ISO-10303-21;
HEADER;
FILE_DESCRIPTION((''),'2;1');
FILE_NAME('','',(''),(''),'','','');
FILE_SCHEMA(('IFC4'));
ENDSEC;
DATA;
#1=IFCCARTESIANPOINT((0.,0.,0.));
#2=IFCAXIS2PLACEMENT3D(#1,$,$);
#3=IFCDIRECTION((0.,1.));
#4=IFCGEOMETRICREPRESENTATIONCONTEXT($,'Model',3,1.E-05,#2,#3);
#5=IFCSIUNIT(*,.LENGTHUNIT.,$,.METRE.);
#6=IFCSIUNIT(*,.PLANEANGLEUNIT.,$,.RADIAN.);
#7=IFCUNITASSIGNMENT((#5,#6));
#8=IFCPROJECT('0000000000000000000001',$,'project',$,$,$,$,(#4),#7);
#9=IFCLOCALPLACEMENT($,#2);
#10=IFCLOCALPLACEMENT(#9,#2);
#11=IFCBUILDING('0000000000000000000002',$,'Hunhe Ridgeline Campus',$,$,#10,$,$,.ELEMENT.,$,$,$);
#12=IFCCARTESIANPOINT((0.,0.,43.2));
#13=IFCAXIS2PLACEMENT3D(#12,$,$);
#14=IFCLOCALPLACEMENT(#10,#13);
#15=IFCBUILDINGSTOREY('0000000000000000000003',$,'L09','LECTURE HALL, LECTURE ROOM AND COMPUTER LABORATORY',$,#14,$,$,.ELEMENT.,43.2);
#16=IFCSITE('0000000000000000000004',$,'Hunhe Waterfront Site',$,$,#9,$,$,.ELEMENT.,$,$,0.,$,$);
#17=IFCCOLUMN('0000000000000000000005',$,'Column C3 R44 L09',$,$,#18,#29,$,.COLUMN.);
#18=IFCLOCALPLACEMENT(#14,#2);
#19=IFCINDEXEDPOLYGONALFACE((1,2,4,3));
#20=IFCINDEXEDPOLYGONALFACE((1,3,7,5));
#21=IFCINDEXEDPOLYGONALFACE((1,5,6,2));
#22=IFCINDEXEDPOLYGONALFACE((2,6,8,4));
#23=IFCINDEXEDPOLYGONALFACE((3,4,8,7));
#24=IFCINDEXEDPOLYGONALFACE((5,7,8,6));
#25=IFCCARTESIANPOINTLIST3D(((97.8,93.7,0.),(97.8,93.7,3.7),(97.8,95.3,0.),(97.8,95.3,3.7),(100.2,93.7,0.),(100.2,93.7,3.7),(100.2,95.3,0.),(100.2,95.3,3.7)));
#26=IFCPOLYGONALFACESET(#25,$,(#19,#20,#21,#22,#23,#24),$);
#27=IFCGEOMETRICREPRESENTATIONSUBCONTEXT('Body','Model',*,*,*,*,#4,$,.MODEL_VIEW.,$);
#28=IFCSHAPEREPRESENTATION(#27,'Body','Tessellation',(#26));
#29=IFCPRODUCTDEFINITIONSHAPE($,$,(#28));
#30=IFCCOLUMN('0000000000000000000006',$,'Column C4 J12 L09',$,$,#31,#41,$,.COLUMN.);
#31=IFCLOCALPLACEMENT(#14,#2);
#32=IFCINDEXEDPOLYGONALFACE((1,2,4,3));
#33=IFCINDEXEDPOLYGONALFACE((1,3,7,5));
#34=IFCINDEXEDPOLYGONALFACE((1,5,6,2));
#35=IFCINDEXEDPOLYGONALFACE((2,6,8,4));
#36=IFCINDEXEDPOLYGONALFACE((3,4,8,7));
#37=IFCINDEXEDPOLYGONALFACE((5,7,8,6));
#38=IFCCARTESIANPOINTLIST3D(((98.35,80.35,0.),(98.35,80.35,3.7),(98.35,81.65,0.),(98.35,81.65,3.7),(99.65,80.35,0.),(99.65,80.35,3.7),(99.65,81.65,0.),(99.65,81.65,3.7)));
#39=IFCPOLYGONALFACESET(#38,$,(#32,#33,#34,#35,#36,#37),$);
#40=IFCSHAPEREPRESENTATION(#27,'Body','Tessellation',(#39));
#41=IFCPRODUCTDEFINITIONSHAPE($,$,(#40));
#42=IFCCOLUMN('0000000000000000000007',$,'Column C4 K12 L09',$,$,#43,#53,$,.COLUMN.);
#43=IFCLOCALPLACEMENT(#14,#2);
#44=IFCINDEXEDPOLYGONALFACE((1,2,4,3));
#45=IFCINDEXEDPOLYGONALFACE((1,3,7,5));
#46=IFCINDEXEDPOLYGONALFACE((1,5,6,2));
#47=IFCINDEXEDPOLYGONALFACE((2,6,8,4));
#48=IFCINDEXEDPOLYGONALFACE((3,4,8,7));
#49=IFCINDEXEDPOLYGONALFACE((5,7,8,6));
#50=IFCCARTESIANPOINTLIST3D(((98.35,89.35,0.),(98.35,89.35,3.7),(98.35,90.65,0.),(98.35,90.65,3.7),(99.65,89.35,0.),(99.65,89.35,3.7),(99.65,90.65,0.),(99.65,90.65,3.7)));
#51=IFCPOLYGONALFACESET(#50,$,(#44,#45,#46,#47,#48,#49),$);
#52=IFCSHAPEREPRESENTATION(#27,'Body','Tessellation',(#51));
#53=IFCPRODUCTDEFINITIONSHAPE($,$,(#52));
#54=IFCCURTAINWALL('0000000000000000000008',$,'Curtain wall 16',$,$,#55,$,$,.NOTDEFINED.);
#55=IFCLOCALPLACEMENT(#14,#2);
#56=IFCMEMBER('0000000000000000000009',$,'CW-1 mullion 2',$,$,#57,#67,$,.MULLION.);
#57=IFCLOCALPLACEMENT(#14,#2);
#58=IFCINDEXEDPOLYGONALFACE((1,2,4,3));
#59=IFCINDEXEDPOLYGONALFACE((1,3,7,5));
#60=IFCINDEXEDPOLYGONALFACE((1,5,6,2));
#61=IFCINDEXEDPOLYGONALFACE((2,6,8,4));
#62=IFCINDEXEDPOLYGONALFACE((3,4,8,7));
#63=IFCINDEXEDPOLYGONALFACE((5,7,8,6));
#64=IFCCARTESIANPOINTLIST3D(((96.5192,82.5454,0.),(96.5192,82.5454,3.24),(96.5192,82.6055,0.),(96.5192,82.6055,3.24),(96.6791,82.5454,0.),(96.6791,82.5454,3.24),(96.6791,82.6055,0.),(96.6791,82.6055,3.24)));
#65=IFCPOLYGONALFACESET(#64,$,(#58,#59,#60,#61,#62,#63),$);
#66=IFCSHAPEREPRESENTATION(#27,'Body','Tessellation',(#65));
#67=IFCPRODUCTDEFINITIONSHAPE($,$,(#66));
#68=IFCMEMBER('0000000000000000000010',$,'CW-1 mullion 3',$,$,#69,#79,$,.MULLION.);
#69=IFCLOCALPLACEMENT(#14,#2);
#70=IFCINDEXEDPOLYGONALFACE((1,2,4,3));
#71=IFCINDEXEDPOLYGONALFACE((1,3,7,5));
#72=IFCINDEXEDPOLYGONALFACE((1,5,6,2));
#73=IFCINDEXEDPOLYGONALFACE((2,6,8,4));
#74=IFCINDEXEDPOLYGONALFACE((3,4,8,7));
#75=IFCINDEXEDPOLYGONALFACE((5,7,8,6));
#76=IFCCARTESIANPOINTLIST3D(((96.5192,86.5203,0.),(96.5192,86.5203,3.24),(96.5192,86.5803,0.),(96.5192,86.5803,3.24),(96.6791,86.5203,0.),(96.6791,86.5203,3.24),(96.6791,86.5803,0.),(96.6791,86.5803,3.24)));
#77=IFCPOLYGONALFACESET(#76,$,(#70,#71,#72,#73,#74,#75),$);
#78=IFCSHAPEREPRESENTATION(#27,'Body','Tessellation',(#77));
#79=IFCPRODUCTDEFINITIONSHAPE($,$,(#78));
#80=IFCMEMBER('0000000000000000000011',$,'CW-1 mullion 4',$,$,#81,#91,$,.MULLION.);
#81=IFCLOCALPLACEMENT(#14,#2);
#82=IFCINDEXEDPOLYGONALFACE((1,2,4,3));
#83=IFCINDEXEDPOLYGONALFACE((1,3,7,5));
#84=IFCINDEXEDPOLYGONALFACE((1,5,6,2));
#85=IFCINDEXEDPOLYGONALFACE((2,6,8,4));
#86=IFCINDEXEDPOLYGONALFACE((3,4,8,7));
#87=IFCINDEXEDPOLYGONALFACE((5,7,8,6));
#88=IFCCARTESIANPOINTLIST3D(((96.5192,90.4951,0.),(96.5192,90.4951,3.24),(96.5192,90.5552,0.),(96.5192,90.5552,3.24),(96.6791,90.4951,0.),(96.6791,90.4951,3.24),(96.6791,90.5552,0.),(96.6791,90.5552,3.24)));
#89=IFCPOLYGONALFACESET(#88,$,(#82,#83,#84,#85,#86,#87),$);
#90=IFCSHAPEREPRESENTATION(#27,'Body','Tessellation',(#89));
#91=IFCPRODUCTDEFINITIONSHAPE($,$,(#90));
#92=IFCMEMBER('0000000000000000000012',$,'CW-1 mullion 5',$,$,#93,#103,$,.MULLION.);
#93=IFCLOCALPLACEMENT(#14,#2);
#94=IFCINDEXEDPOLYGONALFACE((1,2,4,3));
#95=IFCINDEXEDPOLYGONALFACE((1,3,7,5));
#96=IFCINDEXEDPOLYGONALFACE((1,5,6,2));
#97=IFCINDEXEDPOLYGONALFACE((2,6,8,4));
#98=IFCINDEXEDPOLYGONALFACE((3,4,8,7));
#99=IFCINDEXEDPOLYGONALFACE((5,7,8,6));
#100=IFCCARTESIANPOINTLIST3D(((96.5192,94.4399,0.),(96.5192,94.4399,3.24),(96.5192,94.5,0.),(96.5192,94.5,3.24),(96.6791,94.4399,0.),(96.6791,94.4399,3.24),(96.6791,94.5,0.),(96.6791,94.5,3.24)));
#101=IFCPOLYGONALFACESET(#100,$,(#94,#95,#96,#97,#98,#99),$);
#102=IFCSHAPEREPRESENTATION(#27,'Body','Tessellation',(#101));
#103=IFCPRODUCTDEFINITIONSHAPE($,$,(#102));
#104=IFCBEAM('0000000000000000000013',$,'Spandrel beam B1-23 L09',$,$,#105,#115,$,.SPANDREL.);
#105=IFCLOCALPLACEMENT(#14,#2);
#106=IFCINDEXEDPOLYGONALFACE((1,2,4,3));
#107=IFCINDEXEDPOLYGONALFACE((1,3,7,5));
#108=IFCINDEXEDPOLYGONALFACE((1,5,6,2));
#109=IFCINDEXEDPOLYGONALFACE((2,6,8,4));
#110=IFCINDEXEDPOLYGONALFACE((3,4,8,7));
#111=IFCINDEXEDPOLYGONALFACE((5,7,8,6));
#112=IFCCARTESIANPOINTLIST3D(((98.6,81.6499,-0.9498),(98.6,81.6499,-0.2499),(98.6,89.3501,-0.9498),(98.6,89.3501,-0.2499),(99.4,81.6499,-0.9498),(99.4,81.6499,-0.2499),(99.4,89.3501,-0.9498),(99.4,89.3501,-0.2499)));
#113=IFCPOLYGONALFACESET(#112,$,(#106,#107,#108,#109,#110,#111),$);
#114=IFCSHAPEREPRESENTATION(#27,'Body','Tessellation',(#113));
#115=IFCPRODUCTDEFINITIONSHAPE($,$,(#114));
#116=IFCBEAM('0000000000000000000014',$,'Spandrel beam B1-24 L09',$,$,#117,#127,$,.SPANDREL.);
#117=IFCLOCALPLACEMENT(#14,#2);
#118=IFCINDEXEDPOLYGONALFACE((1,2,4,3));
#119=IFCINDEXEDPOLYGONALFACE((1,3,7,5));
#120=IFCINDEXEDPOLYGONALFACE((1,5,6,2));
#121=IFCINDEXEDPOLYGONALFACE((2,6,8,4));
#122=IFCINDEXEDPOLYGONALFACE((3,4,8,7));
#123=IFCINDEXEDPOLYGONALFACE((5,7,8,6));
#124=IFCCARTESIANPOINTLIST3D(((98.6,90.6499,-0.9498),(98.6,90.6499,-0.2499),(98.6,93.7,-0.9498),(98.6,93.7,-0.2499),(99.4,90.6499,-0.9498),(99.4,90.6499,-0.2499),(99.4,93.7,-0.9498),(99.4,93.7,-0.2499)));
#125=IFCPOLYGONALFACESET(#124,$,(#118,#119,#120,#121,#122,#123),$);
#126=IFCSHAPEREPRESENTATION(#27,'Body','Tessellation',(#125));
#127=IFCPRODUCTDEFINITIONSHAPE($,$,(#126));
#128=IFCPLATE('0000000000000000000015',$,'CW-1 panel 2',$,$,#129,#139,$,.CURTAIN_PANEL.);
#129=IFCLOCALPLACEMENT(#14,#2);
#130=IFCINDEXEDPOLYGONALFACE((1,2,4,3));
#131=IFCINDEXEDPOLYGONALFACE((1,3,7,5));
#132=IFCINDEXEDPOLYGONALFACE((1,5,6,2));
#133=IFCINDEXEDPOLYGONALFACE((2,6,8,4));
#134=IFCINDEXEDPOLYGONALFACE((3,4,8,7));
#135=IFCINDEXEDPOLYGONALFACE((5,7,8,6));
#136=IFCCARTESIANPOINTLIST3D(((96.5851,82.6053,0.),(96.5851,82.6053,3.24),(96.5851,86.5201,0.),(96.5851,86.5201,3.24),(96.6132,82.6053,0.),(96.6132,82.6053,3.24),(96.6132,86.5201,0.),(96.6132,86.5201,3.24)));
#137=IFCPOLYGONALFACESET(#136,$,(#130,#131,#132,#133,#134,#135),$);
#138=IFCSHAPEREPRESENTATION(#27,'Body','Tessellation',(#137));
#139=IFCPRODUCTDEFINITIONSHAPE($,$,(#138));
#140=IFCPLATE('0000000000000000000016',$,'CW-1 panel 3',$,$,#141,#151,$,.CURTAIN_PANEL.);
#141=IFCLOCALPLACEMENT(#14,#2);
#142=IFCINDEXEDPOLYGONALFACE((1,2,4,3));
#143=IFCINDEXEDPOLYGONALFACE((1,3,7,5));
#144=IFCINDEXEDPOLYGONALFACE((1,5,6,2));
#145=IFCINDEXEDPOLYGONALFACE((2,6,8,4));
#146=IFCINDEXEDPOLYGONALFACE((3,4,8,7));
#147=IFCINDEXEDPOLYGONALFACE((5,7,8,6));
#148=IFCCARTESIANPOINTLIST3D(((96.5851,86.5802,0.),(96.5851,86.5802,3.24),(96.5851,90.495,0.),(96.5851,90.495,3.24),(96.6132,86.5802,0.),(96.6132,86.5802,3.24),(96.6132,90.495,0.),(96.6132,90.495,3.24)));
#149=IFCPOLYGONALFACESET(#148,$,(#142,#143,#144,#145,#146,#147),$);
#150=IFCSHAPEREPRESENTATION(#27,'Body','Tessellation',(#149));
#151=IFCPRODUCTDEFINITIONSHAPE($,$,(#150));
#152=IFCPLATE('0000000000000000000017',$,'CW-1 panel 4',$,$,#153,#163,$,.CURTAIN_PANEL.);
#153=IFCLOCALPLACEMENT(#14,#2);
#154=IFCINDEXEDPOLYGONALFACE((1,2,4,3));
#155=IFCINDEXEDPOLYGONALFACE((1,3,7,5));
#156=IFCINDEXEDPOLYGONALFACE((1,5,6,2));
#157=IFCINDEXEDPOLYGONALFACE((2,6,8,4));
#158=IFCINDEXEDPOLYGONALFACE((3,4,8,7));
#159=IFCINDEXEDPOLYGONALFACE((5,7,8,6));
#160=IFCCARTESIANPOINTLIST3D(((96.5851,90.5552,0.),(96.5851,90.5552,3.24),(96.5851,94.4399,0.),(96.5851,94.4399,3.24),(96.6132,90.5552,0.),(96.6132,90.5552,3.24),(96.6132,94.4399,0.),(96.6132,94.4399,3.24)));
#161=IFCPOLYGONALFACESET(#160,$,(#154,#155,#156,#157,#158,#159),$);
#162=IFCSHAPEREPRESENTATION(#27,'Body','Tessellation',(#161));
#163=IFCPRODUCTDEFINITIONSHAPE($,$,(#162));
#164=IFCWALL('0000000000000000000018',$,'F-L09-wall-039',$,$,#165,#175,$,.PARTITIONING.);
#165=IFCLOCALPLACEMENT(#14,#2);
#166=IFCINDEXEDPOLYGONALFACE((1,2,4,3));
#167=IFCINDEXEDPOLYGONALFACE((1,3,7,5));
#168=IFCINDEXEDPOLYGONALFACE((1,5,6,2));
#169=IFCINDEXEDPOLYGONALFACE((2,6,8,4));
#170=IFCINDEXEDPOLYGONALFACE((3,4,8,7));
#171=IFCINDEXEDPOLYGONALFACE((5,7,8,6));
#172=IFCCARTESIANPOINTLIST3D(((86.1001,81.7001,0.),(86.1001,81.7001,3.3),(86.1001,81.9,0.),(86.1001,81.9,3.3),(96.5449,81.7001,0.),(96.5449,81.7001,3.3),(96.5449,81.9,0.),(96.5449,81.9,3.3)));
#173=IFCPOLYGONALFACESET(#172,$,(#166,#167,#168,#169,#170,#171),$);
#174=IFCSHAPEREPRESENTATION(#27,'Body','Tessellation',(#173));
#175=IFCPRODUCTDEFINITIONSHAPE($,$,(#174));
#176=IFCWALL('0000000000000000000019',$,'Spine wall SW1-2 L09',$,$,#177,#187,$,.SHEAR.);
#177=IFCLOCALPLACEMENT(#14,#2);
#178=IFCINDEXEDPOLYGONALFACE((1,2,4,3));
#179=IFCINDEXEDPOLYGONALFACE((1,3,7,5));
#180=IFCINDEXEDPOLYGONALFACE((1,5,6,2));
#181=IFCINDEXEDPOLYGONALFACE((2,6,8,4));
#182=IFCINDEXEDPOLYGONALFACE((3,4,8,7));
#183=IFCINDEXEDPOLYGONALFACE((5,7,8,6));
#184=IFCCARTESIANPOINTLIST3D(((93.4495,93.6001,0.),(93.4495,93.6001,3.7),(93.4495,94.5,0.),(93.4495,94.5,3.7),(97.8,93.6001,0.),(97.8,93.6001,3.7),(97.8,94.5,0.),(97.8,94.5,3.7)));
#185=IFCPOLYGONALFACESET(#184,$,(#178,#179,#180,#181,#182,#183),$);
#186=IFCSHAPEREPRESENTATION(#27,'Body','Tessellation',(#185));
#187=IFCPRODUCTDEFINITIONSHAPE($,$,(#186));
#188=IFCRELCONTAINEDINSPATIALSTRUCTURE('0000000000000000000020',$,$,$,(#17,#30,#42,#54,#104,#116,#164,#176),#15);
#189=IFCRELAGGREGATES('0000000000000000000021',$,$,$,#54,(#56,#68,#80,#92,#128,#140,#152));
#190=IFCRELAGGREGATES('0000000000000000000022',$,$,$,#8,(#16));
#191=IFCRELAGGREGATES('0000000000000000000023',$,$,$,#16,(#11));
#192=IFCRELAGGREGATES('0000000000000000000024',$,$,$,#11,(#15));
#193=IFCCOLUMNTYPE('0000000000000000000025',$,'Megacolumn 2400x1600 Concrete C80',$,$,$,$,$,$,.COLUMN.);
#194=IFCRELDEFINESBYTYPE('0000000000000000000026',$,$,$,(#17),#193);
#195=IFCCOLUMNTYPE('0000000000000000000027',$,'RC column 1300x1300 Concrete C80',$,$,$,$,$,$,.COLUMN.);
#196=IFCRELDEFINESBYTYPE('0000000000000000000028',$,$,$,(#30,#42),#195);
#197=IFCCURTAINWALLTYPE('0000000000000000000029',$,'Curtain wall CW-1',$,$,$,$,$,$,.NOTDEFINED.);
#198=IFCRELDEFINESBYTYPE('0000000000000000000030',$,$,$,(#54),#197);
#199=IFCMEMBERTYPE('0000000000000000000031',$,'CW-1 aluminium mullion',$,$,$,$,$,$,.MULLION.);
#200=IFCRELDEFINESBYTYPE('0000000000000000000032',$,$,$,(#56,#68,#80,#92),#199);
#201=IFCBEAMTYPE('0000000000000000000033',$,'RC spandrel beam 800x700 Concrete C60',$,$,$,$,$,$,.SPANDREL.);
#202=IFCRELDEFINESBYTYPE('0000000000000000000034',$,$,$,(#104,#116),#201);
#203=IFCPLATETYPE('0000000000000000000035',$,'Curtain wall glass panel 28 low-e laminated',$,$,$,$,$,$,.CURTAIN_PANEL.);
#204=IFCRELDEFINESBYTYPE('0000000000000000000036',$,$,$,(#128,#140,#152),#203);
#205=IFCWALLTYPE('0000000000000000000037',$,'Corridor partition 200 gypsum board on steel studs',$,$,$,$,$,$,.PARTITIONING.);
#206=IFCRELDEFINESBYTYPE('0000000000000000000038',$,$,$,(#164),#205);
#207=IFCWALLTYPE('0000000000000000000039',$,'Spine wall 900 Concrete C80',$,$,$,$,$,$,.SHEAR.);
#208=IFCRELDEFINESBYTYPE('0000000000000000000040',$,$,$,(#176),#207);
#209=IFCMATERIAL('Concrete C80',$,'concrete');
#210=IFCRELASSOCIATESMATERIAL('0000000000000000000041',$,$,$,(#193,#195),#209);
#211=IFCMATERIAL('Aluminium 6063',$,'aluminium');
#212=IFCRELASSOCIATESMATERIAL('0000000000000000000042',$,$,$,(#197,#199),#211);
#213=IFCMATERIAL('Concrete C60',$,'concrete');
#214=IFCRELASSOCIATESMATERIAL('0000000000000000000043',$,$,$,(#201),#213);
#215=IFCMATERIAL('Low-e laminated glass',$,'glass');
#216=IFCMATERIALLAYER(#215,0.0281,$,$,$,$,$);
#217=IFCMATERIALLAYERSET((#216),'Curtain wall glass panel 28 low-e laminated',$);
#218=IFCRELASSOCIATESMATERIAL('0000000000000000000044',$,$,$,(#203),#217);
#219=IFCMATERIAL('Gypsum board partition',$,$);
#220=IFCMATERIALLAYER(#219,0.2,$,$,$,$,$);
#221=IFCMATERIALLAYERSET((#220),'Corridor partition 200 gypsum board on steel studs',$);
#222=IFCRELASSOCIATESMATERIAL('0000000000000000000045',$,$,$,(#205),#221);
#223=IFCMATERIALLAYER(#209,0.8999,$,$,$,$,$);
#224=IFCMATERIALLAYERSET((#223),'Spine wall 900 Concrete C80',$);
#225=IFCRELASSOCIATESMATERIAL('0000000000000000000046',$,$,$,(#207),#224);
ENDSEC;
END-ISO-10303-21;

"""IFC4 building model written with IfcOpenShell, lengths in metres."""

from ifc_helpers import new_model, si_unit, direction, frame, frame_2d, origin, origin_2d, place, context, subcontext, project, spatial, rectangle, extrude, material, layer, layer_set, material_profile, profile_set, type_object, element, aggregate, save


model = new_model("IFC4")

# Units and contexts
model_context = context("Model", 3, precision=1e-05, world=origin(), true_north=direction((0.0, 1.0)))
body_context = subcontext(model_context, "Body", "Model", "MODEL_VIEW")
ifc_project = project(units=[si_unit("LENGTHUNIT", "METRE"), si_unit("PLANEANGLEUNIT", "RADIAN")], contexts=[model_context])

# Site, building, storey
site_placement = place(None, origin())
site = spatial("IfcSite", under=ifc_project, at=site_placement, Name="Hunhe Waterfront Site", CompositionType="ELEMENT", RefElevation=0.0)
building_placement = place(site_placement, origin())
building = spatial("IfcBuilding", under=site, at=building_placement, Name="Hunhe Ridgeline Campus", CompositionType="ELEMENT")
storey_placement = place(building_placement, frame((0.0, 0.0, 43.2)))
storey = spatial("IfcBuildingStorey", under=building, at=storey_placement, Name="L09", Description="LECTURE HALL, LECTURE ROOM AND COMPUTER LABORATORY", CompositionType="ELEMENT", Elevation=43.2)

# Columns
ifc_material_1 = material(Name="Concrete C80", Category="concrete")
ifc_material_profile_1 = material_profile(ifc_material_1, rectangle(XDim=2.3999, YDim=1.6001, at=origin_2d()))
ifc_profile_set_1 = profile_set([ifc_material_profile_1], Name="Concrete C80")
column_type_1 = type_object("IfcColumnType", Name="Megacolumn 2400x1600 Concrete C80", PredefinedType="COLUMN", material=ifc_profile_set_1)
column_placement = place(storey_placement, frame((99.0, 94.5, 0.0), z_axis=(0.0, 0.0, 1.0), x_axis=(1.0, 0.0, 0.0)))
element("IfcColumn", 1, at=column_placement, inside=storey, type_object=column_type_1, Name="Column C3 R44 L09", PredefinedType="COLUMN", context=body_context, shape_type="SweptSolid", body=[
    extrude(rectangle(XDim=2.3999, YDim=1.6001, at=origin_2d()), origin(), (0.0, 0.0, 1.0), 3.7),
])
ifc_material_profile_2 = material_profile(ifc_material_1, rectangle(XDim=1.3, YDim=1.3, at=origin_2d()))
ifc_profile_set_2 = profile_set([ifc_material_profile_2], Name="Concrete C80")
column_type_2 = type_object("IfcColumnType", Name="RC column 1300x1300 Concrete C80", PredefinedType="COLUMN", material=ifc_profile_set_2)
for number, where, z_axis, x_axis, name in (
    (2, (99.0, 81.0, 0.0), (0.0, 0.0, 1.0), (1.0, 0.0, 0.0), "Column C4 J12 L09"),
    (3, (99.0, 90.0, 0.0), (0.0, 0.0, 1.0), (1.0, 0.0, 0.0), "Column C4 K12 L09"),
):
    element("IfcColumn", number, at=place(storey_placement, frame(where, z_axis=z_axis, x_axis=x_axis)), inside=storey, type_object=column_type_2, Name=name, PredefinedType="COLUMN", context=body_context, shape_type="SweptSolid", body=[
        extrude(rectangle(XDim=1.3, YDim=1.3, at=origin_2d()), origin(), (0.0, 0.0, 1.0), 3.7),
    ])

# Curtain wall, members
ifc_material_2 = material(Name="Aluminium 6063", Category="aluminium")
curtain_wall_type = type_object("IfcCurtainWallType", Name="Curtain wall CW-1", PredefinedType="NOTDEFINED", material=ifc_material_2)
curtain_wall_placement = place(storey_placement, origin())
curtain_wall = element("IfcCurtainWall", 4, at=curtain_wall_placement, inside=storey, type_object=curtain_wall_type, Name="Curtain wall 16", PredefinedType="NOTDEFINED")
ifc_material_profile_3 = material_profile(ifc_material_2, rectangle(XDim=0.1599, YDim=0.0601, at=origin_2d()))
ifc_profile_set_3 = profile_set([ifc_material_profile_3], Name="Aluminium 6063")
member_type = type_object("IfcMemberType", Name="CW-1 aluminium mullion", PredefinedType="MULLION", material=ifc_profile_set_3)
member_1_placement = place(storey_placement, frame((96.5991, 82.5754, 0.0), z_axis=(0.0, 0.0, 1.0), x_axis=(-1.0, 0.0, 0.0)))
member_1 = element("IfcMember", 5, at=member_1_placement, type_object=member_type, Name="CW-1 mullion 2", PredefinedType="MULLION", context=body_context, shape_type="SweptSolid", body=[
    extrude(rectangle(XDim=0.1599, YDim=0.0601, at=origin_2d()), origin(), (0.0, 0.0, 1.0), 3.24),
])
member_2_placement = place(storey_placement, frame((96.5991, 86.5503, 0.0), z_axis=(0.0, 0.0, 1.0), x_axis=(-1.0, 0.0, 0.0)))
member_2 = element("IfcMember", 6, at=member_2_placement, type_object=member_type, Name="CW-1 mullion 3", PredefinedType="MULLION", context=body_context, shape_type="SweptSolid", body=[
    extrude(rectangle(XDim=0.1599, YDim=0.0601, at=origin_2d()), origin(), (0.0, 0.0, 1.0), 3.24),
])
member_3_placement = place(storey_placement, frame((96.5991, 90.5251, 0.0), z_axis=(0.0, 0.0, 1.0), x_axis=(-1.0, 0.0, 0.0)))
member_3 = element("IfcMember", 7, at=member_3_placement, type_object=member_type, Name="CW-1 mullion 4", PredefinedType="MULLION", context=body_context, shape_type="SweptSolid", body=[
    extrude(rectangle(XDim=0.1599, YDim=0.0601, at=origin_2d()), origin(), (0.0, 0.0, 1.0), 3.24),
])
member_4_placement = place(storey_placement, frame((96.5991, 94.47, 0.0), z_axis=(0.0, 0.0, 1.0), x_axis=(-1.0, 0.0, 0.0)))
member_4 = element("IfcMember", 8, at=member_4_placement, type_object=member_type, Name="CW-1 mullion 5", PredefinedType="MULLION", context=body_context, shape_type="SweptSolid", body=[
    extrude(rectangle(XDim=0.1599, YDim=0.0601, at=origin_2d()), origin(), (0.0, 0.0, 1.0), 3.24),
])

# Beams
ifc_material_3 = material(Name="Concrete C60", Category="concrete")
ifc_material_profile_4 = material_profile(ifc_material_3, rectangle(XDim=0.8, YDim=0.7, at=origin_2d()))
ifc_profile_set_4 = profile_set([ifc_material_profile_4], Name="Concrete C60")
beam_type = type_object("IfcBeamType", Name="RC spandrel beam 800x700 Concrete C60", PredefinedType="SPANDREL", material=ifc_profile_set_4)
beam_1_placement = place(storey_placement, frame((99.0, 81.6499, -0.5999), z_axis=(0.0, 1.0, 0.0), x_axis=(-1.0, 0.0, 0.0)))
element("IfcBeam", 9, at=beam_1_placement, inside=storey, type_object=beam_type, Name="Spandrel beam B1-23 L09", PredefinedType="SPANDREL", context=body_context, shape_type="SweptSolid", body=[
    extrude(rectangle(XDim=0.8, YDim=0.7, at=origin_2d()), origin(), (0.0, 0.0, 1.0), 7.7002),
])
beam_2_placement = place(storey_placement, frame((99.0, 90.6499, -0.5999), z_axis=(0.0, 1.0, 0.0), x_axis=(-1.0, 0.0, 0.0)))
element("IfcBeam", 10, at=beam_2_placement, inside=storey, type_object=beam_type, Name="Spandrel beam B1-24 L09", PredefinedType="SPANDREL", context=body_context, shape_type="SweptSolid", body=[
    extrude(rectangle(XDim=0.8, YDim=0.7, at=origin_2d()), origin(), (0.0, 0.0, 1.0), 3.05),
])

# Plates
ifc_material_4 = material(Name="Low-e laminated glass", Category="glass")
ifc_layer_1 = layer(ifc_material_4, 0.0281)
ifc_layer_set_1 = layer_set([ifc_layer_1], Name="Curtain wall glass panel 28 low-e laminated")
plate_type = type_object("IfcPlateType", Name="Curtain wall glass panel 28 low-e laminated", PredefinedType="CURTAIN_PANEL", material=ifc_layer_set_1)
plate_1_placement = place(storey_placement, frame((96.5991, 84.5627, 0.0), z_axis=(0.0, 0.0, 1.0), x_axis=(0.0, 1.0, 0.0)))
plate_1 = element("IfcPlate", 11, at=plate_1_placement, type_object=plate_type, Name="CW-1 panel 2", PredefinedType="CURTAIN_PANEL", context=body_context, shape_type="SweptSolid", body=[
    extrude(rectangle(XDim=3.9148, YDim=0.0281, at=origin_2d()), origin(), (0.0, 0.0, 1.0), 3.24),
])
plate_2_placement = place(storey_placement, frame((96.5991, 88.5376, 0.0), z_axis=(0.0, 0.0, 1.0), x_axis=(0.0, 1.0, 0.0)))
plate_2 = element("IfcPlate", 12, at=plate_2_placement, type_object=plate_type, Name="CW-1 panel 3", PredefinedType="CURTAIN_PANEL", context=body_context, shape_type="SweptSolid", body=[
    extrude(rectangle(XDim=3.9148, YDim=0.0281, at=origin_2d()), origin(), (0.0, 0.0, 1.0), 3.24),
])
plate_3_placement = place(storey_placement, frame((96.5991, 92.4976, 0.0), z_axis=(0.0, 0.0, 1.0), x_axis=(0.0, 1.0, 0.0)))
plate_3 = element("IfcPlate", 13, at=plate_3_placement, type_object=plate_type, Name="CW-1 panel 4", PredefinedType="CURTAIN_PANEL", context=body_context, shape_type="SweptSolid", body=[
    extrude(rectangle(XDim=3.8848, YDim=0.0281, at=origin_2d()), origin(), (0.0, 0.0, 1.0), 3.24),
])
aggregate(curtain_wall, [member_1, member_2, member_3, member_4, plate_1, plate_2, plate_3])

# Walls
ifc_material_5 = material(Name="Gypsum board partition")
ifc_layer_2 = layer(ifc_material_5, 0.2)
ifc_layer_set_2 = layer_set([ifc_layer_2], Name="Corridor partition 200 gypsum board on steel studs")
wall_type_1 = type_object("IfcWallType", Name="Corridor partition 200 gypsum board on steel studs", PredefinedType="PARTITIONING", material=ifc_layer_set_2)
wall_1_placement = place(storey_placement, frame((96.5449, 81.8, 0.0), z_axis=(0.0, 0.0, 1.0), x_axis=(-1.0, 0.0, 0.0)))
element("IfcWall", 14, at=wall_1_placement, inside=storey, type_object=wall_type_1, Name="F-L09-wall-039", PredefinedType="PARTITIONING", context=body_context, shape_type="SweptSolid", body=[
    extrude(rectangle(XDim=10.4448, YDim=0.2, at=frame_2d((5.2224, 0.0))), origin(), (0.0, 0.0, 1.0), 3.3),
])
ifc_layer_3 = layer(ifc_material_1, 0.8999)
ifc_layer_set_3 = layer_set([ifc_layer_3], Name="Spine wall 900 Concrete C80")
wall_type_2 = type_object("IfcWallType", Name="Spine wall 900 Concrete C80", PredefinedType="SHEAR", material=ifc_layer_set_3)
wall_2_placement = place(storey_placement, frame((97.8, 94.05, 0.0), z_axis=(0.0, 0.0, 1.0), x_axis=(-1.0, 0.0, 0.0)))
element("IfcWall", 15, at=wall_2_placement, inside=storey, type_object=wall_type_2, Name="Spine wall SW1-2 L09", PredefinedType="SHEAR", context=body_context, shape_type="SweptSolid", body=[
    extrude(rectangle(XDim=4.3506, YDim=0.8999, at=frame_2d((2.1753, 0.0))), origin(), (0.0, 0.0, 1.0), 3.7),
])

save(model, "model.ifc")
